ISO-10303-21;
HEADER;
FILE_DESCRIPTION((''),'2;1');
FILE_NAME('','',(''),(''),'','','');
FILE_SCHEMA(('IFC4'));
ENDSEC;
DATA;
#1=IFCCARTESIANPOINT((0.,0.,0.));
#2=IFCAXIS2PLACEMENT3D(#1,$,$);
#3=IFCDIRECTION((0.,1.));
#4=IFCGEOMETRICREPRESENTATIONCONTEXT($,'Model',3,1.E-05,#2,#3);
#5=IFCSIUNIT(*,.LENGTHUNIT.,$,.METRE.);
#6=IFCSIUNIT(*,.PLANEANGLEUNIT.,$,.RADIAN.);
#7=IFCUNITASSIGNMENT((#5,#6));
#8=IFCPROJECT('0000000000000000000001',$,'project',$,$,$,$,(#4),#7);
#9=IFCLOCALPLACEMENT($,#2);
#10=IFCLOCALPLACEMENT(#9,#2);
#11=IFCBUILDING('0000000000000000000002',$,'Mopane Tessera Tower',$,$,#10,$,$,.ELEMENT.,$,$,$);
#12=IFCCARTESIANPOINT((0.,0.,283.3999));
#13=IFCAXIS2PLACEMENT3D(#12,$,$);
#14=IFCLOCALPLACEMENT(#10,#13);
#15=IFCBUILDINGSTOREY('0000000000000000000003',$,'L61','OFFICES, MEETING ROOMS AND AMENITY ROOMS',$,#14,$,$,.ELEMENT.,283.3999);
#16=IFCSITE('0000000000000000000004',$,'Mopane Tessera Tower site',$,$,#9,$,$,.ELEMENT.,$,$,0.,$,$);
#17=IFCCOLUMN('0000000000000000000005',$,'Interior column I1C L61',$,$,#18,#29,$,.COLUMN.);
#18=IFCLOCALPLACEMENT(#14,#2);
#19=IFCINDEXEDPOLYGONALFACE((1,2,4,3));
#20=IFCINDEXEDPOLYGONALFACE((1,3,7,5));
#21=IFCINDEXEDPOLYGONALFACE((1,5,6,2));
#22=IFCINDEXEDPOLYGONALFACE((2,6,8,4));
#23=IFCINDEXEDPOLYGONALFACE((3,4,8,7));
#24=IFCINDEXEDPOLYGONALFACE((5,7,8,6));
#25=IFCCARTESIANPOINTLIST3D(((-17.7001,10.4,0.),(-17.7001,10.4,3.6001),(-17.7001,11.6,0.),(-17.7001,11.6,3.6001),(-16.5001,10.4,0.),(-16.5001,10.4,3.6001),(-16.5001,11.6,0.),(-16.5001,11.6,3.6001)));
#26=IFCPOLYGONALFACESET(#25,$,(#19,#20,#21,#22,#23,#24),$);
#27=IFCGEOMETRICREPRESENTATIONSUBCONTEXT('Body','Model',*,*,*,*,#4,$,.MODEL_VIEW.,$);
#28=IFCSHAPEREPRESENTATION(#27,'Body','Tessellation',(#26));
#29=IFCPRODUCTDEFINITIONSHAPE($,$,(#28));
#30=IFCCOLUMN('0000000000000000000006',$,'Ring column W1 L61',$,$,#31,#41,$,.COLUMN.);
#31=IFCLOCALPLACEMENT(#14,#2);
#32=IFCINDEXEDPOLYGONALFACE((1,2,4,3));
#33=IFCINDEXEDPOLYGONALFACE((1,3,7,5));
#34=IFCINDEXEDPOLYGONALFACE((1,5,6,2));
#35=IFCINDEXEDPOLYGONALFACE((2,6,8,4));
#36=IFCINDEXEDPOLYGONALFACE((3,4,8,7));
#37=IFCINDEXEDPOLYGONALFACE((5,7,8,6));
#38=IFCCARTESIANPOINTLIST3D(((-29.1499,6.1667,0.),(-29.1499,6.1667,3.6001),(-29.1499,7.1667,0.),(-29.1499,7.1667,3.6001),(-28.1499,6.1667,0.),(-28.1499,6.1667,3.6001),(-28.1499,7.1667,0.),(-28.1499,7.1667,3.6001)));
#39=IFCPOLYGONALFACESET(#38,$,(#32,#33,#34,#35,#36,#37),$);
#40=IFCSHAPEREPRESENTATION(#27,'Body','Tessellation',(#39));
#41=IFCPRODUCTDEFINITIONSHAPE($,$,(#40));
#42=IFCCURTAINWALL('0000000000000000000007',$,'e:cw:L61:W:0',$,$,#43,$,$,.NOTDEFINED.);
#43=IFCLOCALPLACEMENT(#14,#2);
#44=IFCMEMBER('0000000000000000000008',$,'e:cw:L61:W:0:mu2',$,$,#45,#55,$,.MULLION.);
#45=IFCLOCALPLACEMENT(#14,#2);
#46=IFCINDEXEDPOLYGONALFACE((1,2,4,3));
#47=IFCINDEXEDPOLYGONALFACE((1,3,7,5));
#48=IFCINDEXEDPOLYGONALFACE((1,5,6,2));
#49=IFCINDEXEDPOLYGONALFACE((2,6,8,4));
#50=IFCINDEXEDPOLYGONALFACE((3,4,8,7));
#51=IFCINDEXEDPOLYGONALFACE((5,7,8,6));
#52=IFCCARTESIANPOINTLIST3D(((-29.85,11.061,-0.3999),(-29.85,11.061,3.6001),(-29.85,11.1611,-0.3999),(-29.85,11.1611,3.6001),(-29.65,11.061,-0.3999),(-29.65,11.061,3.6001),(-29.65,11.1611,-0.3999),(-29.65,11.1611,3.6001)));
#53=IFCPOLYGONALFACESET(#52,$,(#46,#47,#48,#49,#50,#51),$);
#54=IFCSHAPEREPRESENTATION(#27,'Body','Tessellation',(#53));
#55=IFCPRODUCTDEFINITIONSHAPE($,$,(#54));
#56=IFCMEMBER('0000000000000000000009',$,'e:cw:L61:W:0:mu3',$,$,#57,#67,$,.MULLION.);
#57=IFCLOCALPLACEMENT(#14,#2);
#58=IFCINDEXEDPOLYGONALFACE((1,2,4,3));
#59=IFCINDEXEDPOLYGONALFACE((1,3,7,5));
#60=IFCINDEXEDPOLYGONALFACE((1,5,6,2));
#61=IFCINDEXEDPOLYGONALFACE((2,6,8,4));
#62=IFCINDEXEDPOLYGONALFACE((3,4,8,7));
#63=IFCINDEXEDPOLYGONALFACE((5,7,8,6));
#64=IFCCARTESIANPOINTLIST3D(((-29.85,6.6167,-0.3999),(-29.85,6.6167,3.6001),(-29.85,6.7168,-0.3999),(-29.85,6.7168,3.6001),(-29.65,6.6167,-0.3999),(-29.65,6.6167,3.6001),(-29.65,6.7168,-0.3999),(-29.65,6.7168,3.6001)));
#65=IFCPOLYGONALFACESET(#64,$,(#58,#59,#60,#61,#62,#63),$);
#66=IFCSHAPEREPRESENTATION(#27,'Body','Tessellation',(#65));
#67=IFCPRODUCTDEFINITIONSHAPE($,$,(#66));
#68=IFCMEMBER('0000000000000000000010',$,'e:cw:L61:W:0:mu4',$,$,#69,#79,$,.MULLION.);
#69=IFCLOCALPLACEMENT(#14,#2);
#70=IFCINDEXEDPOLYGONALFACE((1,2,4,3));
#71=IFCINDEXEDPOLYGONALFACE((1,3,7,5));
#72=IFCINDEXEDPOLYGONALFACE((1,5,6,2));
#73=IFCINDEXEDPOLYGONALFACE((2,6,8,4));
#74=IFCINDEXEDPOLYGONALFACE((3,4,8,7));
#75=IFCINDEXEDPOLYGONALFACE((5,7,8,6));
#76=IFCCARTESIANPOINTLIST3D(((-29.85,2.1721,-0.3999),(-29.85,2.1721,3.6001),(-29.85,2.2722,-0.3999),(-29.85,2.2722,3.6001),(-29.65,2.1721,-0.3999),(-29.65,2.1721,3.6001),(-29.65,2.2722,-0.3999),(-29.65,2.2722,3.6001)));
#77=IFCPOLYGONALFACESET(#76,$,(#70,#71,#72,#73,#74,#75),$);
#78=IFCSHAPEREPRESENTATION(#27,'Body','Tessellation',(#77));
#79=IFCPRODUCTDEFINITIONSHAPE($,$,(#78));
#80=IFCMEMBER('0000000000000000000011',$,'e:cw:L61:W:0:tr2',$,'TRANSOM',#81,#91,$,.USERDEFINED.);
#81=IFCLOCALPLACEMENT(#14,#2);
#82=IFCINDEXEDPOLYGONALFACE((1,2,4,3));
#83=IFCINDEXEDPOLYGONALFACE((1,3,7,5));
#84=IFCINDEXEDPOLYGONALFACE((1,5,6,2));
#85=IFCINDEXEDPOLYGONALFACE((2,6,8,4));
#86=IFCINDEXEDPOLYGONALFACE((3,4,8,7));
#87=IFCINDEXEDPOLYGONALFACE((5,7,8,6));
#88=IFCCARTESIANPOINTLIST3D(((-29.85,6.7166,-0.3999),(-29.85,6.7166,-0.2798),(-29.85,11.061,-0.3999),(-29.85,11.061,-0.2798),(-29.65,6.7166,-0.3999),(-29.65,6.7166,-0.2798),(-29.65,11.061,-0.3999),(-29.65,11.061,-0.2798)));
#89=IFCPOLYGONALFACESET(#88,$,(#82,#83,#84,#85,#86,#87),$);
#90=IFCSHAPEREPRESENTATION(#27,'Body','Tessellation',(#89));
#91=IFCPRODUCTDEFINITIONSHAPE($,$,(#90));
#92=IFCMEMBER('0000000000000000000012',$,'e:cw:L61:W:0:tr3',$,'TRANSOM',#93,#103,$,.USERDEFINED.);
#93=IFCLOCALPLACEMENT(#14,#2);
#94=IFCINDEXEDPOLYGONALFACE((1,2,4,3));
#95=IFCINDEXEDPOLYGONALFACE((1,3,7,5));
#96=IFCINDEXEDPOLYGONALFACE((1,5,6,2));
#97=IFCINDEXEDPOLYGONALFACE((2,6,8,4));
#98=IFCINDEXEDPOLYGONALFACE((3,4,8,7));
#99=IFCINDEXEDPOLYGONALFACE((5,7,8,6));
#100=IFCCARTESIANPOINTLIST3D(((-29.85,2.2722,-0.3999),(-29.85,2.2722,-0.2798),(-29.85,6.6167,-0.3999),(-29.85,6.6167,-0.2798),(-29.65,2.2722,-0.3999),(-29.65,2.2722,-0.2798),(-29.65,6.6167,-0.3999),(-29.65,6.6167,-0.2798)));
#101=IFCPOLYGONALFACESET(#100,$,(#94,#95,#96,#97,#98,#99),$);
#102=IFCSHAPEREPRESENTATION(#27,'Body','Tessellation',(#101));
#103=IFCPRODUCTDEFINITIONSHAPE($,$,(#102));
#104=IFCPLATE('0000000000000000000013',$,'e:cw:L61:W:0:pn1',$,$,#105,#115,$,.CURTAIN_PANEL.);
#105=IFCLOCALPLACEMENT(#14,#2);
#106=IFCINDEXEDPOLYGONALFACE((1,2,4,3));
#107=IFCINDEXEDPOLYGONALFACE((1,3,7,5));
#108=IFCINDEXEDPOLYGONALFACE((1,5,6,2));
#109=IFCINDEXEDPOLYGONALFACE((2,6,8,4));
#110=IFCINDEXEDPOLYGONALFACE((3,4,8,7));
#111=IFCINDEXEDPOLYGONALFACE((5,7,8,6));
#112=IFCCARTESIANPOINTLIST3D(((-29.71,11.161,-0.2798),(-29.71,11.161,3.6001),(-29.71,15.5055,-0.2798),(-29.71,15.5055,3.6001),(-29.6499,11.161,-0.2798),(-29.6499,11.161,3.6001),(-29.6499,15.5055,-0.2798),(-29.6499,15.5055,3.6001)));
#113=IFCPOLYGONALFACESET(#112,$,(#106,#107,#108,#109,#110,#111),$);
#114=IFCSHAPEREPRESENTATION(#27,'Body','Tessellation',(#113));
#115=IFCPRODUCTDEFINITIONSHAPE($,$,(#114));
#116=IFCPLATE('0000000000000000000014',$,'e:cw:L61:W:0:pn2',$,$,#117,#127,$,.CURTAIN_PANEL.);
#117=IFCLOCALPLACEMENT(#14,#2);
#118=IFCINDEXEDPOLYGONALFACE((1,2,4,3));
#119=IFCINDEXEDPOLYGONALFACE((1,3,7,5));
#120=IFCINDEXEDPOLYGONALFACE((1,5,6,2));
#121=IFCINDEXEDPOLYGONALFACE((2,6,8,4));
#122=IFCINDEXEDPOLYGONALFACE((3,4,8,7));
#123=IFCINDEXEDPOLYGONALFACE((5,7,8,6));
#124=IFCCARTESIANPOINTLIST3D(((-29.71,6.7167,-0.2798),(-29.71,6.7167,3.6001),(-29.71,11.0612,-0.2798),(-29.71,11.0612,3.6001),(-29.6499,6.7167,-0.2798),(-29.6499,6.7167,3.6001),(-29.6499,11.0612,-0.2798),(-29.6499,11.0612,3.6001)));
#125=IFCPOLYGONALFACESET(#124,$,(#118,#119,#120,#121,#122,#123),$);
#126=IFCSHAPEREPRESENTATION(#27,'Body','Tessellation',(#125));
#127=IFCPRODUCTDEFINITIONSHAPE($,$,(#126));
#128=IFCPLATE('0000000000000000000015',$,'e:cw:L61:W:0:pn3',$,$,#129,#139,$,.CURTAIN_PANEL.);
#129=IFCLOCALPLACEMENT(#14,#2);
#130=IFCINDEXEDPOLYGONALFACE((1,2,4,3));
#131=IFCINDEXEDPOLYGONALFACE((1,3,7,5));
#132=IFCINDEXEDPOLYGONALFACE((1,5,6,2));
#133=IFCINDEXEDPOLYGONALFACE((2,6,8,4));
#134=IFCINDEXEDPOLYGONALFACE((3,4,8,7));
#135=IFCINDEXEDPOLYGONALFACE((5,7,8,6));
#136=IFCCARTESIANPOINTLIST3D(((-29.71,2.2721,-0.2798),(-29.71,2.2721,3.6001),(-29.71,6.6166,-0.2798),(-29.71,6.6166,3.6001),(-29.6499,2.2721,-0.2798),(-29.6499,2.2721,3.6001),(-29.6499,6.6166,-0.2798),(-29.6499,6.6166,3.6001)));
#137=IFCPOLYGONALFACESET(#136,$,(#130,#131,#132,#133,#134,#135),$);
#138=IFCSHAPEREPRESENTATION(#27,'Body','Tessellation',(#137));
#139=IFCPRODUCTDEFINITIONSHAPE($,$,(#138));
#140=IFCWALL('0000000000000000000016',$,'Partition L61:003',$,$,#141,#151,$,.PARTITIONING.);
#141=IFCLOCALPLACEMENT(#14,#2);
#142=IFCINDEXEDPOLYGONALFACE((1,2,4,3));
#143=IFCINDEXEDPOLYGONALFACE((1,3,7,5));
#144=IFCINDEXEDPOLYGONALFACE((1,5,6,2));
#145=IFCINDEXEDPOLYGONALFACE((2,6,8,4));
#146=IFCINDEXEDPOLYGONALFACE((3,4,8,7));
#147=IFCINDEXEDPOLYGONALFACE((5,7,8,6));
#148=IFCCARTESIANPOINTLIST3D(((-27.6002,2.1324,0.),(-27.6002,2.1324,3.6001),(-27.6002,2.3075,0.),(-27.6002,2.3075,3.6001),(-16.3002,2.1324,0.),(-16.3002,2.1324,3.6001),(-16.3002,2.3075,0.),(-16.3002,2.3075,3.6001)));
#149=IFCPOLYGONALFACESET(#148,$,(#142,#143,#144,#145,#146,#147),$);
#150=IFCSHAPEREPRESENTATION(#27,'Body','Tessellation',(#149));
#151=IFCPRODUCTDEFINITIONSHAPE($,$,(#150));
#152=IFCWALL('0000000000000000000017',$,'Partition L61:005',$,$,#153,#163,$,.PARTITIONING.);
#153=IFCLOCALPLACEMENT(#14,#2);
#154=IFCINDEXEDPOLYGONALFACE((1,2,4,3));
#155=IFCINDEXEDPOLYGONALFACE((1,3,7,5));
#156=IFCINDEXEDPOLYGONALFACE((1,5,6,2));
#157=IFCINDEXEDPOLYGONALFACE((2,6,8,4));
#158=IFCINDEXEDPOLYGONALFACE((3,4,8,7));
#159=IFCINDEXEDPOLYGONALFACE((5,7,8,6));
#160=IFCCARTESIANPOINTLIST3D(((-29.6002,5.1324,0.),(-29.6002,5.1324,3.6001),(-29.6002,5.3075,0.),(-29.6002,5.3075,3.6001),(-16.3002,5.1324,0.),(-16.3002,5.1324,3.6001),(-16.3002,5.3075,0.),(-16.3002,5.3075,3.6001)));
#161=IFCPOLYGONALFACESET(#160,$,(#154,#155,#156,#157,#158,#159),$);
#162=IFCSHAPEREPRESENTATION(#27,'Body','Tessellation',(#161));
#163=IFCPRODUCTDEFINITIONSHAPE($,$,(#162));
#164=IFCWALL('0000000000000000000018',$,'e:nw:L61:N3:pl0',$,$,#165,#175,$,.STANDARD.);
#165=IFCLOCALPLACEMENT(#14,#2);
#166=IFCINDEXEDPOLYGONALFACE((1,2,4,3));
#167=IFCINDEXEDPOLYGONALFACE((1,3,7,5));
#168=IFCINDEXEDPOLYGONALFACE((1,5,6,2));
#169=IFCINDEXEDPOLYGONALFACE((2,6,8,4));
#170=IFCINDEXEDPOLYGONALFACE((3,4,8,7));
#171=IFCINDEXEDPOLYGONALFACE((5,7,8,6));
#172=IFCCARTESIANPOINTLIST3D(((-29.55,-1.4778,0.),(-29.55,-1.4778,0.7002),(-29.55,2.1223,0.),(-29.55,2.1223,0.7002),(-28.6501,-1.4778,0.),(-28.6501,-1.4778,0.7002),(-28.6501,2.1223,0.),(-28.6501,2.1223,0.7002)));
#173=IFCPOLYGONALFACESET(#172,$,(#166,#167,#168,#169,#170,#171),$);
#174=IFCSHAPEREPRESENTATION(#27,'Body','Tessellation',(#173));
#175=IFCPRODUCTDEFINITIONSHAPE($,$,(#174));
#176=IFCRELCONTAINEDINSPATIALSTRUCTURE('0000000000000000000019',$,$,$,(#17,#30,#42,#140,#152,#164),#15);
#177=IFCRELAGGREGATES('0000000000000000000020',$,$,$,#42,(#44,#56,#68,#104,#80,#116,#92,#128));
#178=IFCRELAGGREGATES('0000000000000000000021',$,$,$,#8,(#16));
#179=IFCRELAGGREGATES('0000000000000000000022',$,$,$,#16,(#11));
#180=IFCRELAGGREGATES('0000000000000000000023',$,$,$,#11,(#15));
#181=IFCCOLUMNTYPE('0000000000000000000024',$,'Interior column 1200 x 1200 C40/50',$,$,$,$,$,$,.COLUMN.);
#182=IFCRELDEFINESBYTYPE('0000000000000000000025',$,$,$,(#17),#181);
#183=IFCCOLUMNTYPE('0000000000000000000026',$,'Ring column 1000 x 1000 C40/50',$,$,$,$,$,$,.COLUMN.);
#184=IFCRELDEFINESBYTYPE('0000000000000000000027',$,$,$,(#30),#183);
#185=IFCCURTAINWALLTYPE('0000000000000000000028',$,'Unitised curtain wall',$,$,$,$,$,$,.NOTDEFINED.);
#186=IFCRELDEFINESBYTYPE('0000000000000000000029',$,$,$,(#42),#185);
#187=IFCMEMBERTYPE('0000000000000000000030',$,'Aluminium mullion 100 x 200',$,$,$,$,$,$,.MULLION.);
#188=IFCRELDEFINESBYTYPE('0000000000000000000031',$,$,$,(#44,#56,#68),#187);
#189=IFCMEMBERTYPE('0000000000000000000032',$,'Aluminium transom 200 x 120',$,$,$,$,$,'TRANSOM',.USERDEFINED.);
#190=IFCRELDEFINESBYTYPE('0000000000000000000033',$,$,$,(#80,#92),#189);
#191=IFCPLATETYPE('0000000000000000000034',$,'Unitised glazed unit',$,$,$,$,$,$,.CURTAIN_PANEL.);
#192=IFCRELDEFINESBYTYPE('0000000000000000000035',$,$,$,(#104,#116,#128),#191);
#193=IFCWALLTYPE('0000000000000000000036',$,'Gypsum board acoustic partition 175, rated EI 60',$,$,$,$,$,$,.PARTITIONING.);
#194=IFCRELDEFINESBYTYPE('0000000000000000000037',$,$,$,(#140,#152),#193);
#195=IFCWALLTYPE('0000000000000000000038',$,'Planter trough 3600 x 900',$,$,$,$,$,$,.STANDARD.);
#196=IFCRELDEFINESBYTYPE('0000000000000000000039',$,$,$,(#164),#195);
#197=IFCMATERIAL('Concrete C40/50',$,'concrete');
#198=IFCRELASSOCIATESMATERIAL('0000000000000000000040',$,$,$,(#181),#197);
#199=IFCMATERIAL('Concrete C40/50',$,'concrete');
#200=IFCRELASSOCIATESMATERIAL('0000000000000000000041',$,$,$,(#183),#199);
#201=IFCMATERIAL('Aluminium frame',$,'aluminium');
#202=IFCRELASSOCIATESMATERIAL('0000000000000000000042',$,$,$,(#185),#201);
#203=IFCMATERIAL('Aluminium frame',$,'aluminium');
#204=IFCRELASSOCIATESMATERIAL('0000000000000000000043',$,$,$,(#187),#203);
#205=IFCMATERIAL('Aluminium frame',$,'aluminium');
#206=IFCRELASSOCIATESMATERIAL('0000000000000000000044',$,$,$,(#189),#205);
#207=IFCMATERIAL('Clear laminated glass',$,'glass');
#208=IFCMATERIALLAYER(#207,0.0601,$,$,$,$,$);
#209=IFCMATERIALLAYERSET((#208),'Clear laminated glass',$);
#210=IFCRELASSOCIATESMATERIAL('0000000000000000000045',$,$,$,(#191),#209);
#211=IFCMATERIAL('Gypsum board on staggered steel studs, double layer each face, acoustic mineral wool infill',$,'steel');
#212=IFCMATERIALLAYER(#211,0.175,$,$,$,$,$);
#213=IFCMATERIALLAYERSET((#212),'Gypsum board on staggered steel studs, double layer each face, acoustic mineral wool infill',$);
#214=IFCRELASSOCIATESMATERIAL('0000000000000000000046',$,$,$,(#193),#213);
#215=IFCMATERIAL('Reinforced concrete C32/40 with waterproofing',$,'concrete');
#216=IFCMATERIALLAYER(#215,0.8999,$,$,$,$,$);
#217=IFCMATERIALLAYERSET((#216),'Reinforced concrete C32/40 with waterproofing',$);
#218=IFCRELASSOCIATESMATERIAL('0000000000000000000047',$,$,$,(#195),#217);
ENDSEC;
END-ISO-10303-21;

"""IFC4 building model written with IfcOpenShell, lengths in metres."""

from ifc_helpers import new_model, si_unit, direction, frame, frame_2d, origin, origin_2d, place, context, subcontext, project, spatial, rectangle, extrude, material, layer, layer_set, material_profile, profile_set, type_object, element, aggregate, save


model = new_model("IFC4")

# Units and contexts
model_context = context("Model", 3, precision=1e-05, world=origin(), true_north=direction((0.0, 1.0)))
body_context = subcontext(model_context, "Body", "Model", "MODEL_VIEW")
ifc_project = project(units=[si_unit("LENGTHUNIT", "METRE"), si_unit("PLANEANGLEUNIT", "RADIAN")], contexts=[model_context])

# Site, building, storey
site_placement = place(None, origin())
site = spatial("IfcSite", under=ifc_project, at=site_placement, Name="Mopane Tessera Tower site", CompositionType="ELEMENT", RefElevation=0.0)
building_placement = place(site_placement, origin())
building = spatial("IfcBuilding", under=site, at=building_placement, Name="Mopane Tessera Tower", CompositionType="ELEMENT")
storey_placement = place(building_placement, frame((0.0, 0.0, 283.3999)))
storey = spatial("IfcBuildingStorey", under=building, at=storey_placement, Name="L61", Description="OFFICES, MEETING ROOMS AND AMENITY ROOMS", CompositionType="ELEMENT", Elevation=283.3999)

# Columns
ifc_material_1 = material(Name="Concrete C40/50", Category="concrete")
ifc_material_profile_1 = material_profile(ifc_material_1, rectangle(XDim=1.2, YDim=1.2, at=origin_2d()))
ifc_profile_set_1 = profile_set([ifc_material_profile_1], Name="Concrete C40/50")
column_type_1 = type_object("IfcColumnType", Name="Interior column 1200 x 1200 C40/50", PredefinedType="COLUMN", material=ifc_profile_set_1)
column_1_placement = place(storey_placement, frame((-17.1001, 11.0, 0.0), z_axis=(0.0, 0.0, 1.0), x_axis=(1.0, 0.0, 0.0)))
element("IfcColumn", 1, at=column_1_placement, inside=storey, type_object=column_type_1, Name="Interior column I1C L61", PredefinedType="COLUMN", context=body_context, shape_type="SweptSolid", body=[
    extrude(rectangle(XDim=1.2, YDim=1.2, at=origin_2d()), origin(), (0.0, 0.0, 1.0), 3.6001),
])
ifc_material_2 = material(Name="Concrete C40/50", Category="concrete")
ifc_material_profile_2 = material_profile(ifc_material_2, rectangle(XDim=1.0, YDim=1.0, at=origin_2d()))
ifc_profile_set_2 = profile_set([ifc_material_profile_2], Name="Concrete C40/50")
column_type_2 = type_object("IfcColumnType", Name="Ring column 1000 x 1000 C40/50", PredefinedType="COLUMN", material=ifc_profile_set_2)
column_2_placement = place(storey_placement, frame((-28.6499, 6.6667, 0.0), z_axis=(0.0, 0.0, 1.0), x_axis=(1.0, 0.0, 0.0)))
element("IfcColumn", 2, at=column_2_placement, inside=storey, type_object=column_type_2, Name="Ring column W1 L61", PredefinedType="COLUMN", context=body_context, shape_type="SweptSolid", body=[
    extrude(rectangle(XDim=1.0, YDim=1.0, at=origin_2d()), origin(), (0.0, 0.0, 1.0), 3.6001),
])

# Curtain wall, members, plates
ifc_material_3 = material(Name="Aluminium frame", Category="aluminium")
curtain_wall_type = type_object("IfcCurtainWallType", Name="Unitised curtain wall", PredefinedType="NOTDEFINED", material=ifc_material_3)
curtain_wall_placement = place(storey_placement, origin())
curtain_wall = element("IfcCurtainWall", 3, at=curtain_wall_placement, inside=storey, type_object=curtain_wall_type, Name="e:cw:L61:W:0", PredefinedType="NOTDEFINED")
ifc_material_4 = material(Name="Aluminium frame", Category="aluminium")
ifc_material_profile_3 = material_profile(ifc_material_4, rectangle(XDim=0.1001, YDim=0.2, at=origin_2d()))
ifc_profile_set_3 = profile_set([ifc_material_profile_3], Name="Aluminium frame")
member_type_1 = type_object("IfcMemberType", Name="Aluminium mullion 100 x 200", PredefinedType="MULLION", material=ifc_profile_set_3)
member_1_placement = place(storey_placement, frame((-29.75, 11.1111, -0.3999), z_axis=(0.0, 0.0, 1.0), x_axis=(0.0, -1.0, 0.0)))
member_1 = element("IfcMember", 4, at=member_1_placement, type_object=member_type_1, Name="e:cw:L61:W:0:mu2", PredefinedType="MULLION", context=body_context, shape_type="SweptSolid", body=[
    extrude(rectangle(XDim=0.1001, YDim=0.2, at=origin_2d()), origin(), (0.0, 0.0, 1.0), 4.0),
])
member_2_placement = place(storey_placement, frame((-29.75, 6.6667, -0.3999), z_axis=(0.0, 0.0, 1.0), x_axis=(0.0, -1.0, 0.0)))
member_2 = element("IfcMember", 5, at=member_2_placement, type_object=member_type_1, Name="e:cw:L61:W:0:mu3", PredefinedType="MULLION", context=body_context, shape_type="SweptSolid", body=[
    extrude(rectangle(XDim=0.1001, YDim=0.2, at=origin_2d()), origin(), (0.0, 0.0, 1.0), 4.0),
])
member_3_placement = place(storey_placement, frame((-29.75, 2.2222, -0.3999), z_axis=(0.0, 0.0, 1.0), x_axis=(0.0, -1.0, 0.0)))
member_3 = element("IfcMember", 6, at=member_3_placement, type_object=member_type_1, Name="e:cw:L61:W:0:mu4", PredefinedType="MULLION", context=body_context, shape_type="SweptSolid", body=[
    extrude(rectangle(XDim=0.1001, YDim=0.2, at=origin_2d()), origin(), (0.0, 0.0, 1.0), 4.0),
])
ifc_material_5 = material(Name="Aluminium frame", Category="aluminium")
ifc_material_profile_4 = material_profile(ifc_material_5, rectangle(XDim=0.2, YDim=0.1201, at=origin_2d()))
ifc_profile_set_4 = profile_set([ifc_material_profile_4], Name="Aluminium frame")
member_type_2 = type_object("IfcMemberType", Name="Aluminium transom 200 x 120", ElementType="TRANSOM", PredefinedType="USERDEFINED", material=ifc_profile_set_4)
member_4_placement = place(storey_placement, frame((-29.75, 11.061, -0.3398), z_axis=(0.0, -1.0, 0.0), x_axis=(1.0, 0.0, 0.0)))
member_4 = element("IfcMember", 7, at=member_4_placement, type_object=member_type_2, Name="e:cw:L61:W:0:tr2", ObjectType="TRANSOM", PredefinedType="USERDEFINED", context=body_context, shape_type="SweptSolid", body=[
    extrude(rectangle(XDim=0.2, YDim=0.1201, at=origin_2d()), origin(), (0.0, 0.0, 1.0), 4.3445),
])
member_5_placement = place(storey_placement, frame((-29.75, 6.6167, -0.3398), z_axis=(0.0, -1.0, 0.0), x_axis=(1.0, 0.0, 0.0)))
member_5 = element("IfcMember", 8, at=member_5_placement, type_object=member_type_2, Name="e:cw:L61:W:0:tr3", ObjectType="TRANSOM", PredefinedType="USERDEFINED", context=body_context, shape_type="SweptSolid", body=[
    extrude(rectangle(XDim=0.2, YDim=0.1201, at=origin_2d()), origin(), (0.0, 0.0, 1.0), 4.3445),
])
ifc_material_6 = material(Name="Clear laminated glass", Category="glass")
ifc_layer_1 = layer(ifc_material_6, 0.0601)
ifc_layer_set_1 = layer_set([ifc_layer_1], Name="Clear laminated glass")
plate_type = type_object("IfcPlateType", Name="Unitised glazed unit", PredefinedType="CURTAIN_PANEL", material=ifc_layer_set_1)
plate_1_placement = place(storey_placement, frame((-29.6799, 13.3333, -0.2798), z_axis=(0.0, 0.0, 1.0), x_axis=(0.0, -1.0, 0.0)))
plate_1 = element("IfcPlate", 9, at=plate_1_placement, type_object=plate_type, Name="e:cw:L61:W:0:pn1", PredefinedType="CURTAIN_PANEL", context=body_context, shape_type="SweptSolid", body=[
    extrude(rectangle(XDim=4.3445, YDim=0.0601, at=origin_2d()), origin(), (0.0, 0.0, 1.0), 3.8799),
])
plate_2_placement = place(storey_placement, frame((-29.6799, 8.8889, -0.2798), z_axis=(0.0, 0.0, 1.0), x_axis=(0.0, -1.0, 0.0)))
plate_2 = element("IfcPlate", 10, at=plate_2_placement, type_object=plate_type, Name="e:cw:L61:W:0:pn2", PredefinedType="CURTAIN_PANEL", context=body_context, shape_type="SweptSolid", body=[
    extrude(rectangle(XDim=4.3445, YDim=0.0601, at=origin_2d()), origin(), (0.0, 0.0, 1.0), 3.8799),
])
plate_3_placement = place(storey_placement, frame((-29.6799, 4.4443, -0.2798), z_axis=(0.0, 0.0, 1.0), x_axis=(0.0, -1.0, 0.0)))
plate_3 = element("IfcPlate", 11, at=plate_3_placement, type_object=plate_type, Name="e:cw:L61:W:0:pn3", PredefinedType="CURTAIN_PANEL", context=body_context, shape_type="SweptSolid", body=[
    extrude(rectangle(XDim=4.3445, YDim=0.0601, at=origin_2d()), origin(), (0.0, 0.0, 1.0), 3.8799),
])
aggregate(curtain_wall, [member_1, member_2, member_3, plate_1, member_4, plate_2, member_5, plate_3])

# Walls
ifc_material_7 = material(Name="Gypsum board on staggered steel studs, double layer each face, acoustic mineral wool infill", Category="steel")
ifc_layer_2 = layer(ifc_material_7, 0.175)
ifc_layer_set_2 = layer_set([ifc_layer_2], Name="Gypsum board on staggered steel studs, double layer each face, acoustic mineral wool infill")
wall_type_1 = type_object("IfcWallType", Name="Gypsum board acoustic partition 175, rated EI 60", PredefinedType="PARTITIONING", material=ifc_layer_set_2)
wall_1_placement = place(storey_placement, frame((-27.6001, 2.22, 0.0), z_axis=(0.0, 0.0, 1.0), x_axis=(1.0, 0.0, 0.0)))
element("IfcWall", 12, at=wall_1_placement, inside=storey, type_object=wall_type_1, Name="Partition L61:003", PredefinedType="PARTITIONING", context=body_context, shape_type="SweptSolid", body=[
    extrude(rectangle(XDim=11.3, YDim=0.175, at=frame_2d((5.6499, 0.0))), origin(), (0.0, 0.0, 1.0), 3.6001),
])
wall_2_placement = place(storey_placement, frame((-29.6001, 5.22, 0.0), z_axis=(0.0, 0.0, 1.0), x_axis=(1.0, 0.0, 0.0)))
element("IfcWall", 13, at=wall_2_placement, inside=storey, type_object=wall_type_1, Name="Partition L61:005", PredefinedType="PARTITIONING", context=body_context, shape_type="SweptSolid", body=[
    extrude(rectangle(XDim=13.3, YDim=0.175, at=frame_2d((6.6499, 0.0))), origin(), (0.0, 0.0, 1.0), 3.6001),
])
ifc_material_8 = material(Name="Reinforced concrete C32/40 with waterproofing", Category="concrete")
ifc_layer_3 = layer(ifc_material_8, 0.8999)
ifc_layer_set_3 = layer_set([ifc_layer_3], Name="Reinforced concrete C32/40 with waterproofing")
wall_type_2 = type_object("IfcWallType", Name="Planter trough 3600 x 900", PredefinedType="STANDARD", material=ifc_layer_set_3)
wall_3_placement = place(storey_placement, frame((-29.1001, 2.1223, 0.0), z_axis=(0.0, 0.0, 1.0), x_axis=(0.0, -1.0, 0.0)))
element("IfcWall", 14, at=wall_3_placement, inside=storey, type_object=wall_type_2, Name="e:nw:L61:N3:pl0", PredefinedType="STANDARD", context=body_context, shape_type="SweptSolid", body=[
    extrude(rectangle(XDim=3.6001, YDim=0.8999, at=frame_2d((1.8, 0.0))), origin(), (0.0, 0.0, 1.0), 0.7002),
])

save(model, "model.ifc")
